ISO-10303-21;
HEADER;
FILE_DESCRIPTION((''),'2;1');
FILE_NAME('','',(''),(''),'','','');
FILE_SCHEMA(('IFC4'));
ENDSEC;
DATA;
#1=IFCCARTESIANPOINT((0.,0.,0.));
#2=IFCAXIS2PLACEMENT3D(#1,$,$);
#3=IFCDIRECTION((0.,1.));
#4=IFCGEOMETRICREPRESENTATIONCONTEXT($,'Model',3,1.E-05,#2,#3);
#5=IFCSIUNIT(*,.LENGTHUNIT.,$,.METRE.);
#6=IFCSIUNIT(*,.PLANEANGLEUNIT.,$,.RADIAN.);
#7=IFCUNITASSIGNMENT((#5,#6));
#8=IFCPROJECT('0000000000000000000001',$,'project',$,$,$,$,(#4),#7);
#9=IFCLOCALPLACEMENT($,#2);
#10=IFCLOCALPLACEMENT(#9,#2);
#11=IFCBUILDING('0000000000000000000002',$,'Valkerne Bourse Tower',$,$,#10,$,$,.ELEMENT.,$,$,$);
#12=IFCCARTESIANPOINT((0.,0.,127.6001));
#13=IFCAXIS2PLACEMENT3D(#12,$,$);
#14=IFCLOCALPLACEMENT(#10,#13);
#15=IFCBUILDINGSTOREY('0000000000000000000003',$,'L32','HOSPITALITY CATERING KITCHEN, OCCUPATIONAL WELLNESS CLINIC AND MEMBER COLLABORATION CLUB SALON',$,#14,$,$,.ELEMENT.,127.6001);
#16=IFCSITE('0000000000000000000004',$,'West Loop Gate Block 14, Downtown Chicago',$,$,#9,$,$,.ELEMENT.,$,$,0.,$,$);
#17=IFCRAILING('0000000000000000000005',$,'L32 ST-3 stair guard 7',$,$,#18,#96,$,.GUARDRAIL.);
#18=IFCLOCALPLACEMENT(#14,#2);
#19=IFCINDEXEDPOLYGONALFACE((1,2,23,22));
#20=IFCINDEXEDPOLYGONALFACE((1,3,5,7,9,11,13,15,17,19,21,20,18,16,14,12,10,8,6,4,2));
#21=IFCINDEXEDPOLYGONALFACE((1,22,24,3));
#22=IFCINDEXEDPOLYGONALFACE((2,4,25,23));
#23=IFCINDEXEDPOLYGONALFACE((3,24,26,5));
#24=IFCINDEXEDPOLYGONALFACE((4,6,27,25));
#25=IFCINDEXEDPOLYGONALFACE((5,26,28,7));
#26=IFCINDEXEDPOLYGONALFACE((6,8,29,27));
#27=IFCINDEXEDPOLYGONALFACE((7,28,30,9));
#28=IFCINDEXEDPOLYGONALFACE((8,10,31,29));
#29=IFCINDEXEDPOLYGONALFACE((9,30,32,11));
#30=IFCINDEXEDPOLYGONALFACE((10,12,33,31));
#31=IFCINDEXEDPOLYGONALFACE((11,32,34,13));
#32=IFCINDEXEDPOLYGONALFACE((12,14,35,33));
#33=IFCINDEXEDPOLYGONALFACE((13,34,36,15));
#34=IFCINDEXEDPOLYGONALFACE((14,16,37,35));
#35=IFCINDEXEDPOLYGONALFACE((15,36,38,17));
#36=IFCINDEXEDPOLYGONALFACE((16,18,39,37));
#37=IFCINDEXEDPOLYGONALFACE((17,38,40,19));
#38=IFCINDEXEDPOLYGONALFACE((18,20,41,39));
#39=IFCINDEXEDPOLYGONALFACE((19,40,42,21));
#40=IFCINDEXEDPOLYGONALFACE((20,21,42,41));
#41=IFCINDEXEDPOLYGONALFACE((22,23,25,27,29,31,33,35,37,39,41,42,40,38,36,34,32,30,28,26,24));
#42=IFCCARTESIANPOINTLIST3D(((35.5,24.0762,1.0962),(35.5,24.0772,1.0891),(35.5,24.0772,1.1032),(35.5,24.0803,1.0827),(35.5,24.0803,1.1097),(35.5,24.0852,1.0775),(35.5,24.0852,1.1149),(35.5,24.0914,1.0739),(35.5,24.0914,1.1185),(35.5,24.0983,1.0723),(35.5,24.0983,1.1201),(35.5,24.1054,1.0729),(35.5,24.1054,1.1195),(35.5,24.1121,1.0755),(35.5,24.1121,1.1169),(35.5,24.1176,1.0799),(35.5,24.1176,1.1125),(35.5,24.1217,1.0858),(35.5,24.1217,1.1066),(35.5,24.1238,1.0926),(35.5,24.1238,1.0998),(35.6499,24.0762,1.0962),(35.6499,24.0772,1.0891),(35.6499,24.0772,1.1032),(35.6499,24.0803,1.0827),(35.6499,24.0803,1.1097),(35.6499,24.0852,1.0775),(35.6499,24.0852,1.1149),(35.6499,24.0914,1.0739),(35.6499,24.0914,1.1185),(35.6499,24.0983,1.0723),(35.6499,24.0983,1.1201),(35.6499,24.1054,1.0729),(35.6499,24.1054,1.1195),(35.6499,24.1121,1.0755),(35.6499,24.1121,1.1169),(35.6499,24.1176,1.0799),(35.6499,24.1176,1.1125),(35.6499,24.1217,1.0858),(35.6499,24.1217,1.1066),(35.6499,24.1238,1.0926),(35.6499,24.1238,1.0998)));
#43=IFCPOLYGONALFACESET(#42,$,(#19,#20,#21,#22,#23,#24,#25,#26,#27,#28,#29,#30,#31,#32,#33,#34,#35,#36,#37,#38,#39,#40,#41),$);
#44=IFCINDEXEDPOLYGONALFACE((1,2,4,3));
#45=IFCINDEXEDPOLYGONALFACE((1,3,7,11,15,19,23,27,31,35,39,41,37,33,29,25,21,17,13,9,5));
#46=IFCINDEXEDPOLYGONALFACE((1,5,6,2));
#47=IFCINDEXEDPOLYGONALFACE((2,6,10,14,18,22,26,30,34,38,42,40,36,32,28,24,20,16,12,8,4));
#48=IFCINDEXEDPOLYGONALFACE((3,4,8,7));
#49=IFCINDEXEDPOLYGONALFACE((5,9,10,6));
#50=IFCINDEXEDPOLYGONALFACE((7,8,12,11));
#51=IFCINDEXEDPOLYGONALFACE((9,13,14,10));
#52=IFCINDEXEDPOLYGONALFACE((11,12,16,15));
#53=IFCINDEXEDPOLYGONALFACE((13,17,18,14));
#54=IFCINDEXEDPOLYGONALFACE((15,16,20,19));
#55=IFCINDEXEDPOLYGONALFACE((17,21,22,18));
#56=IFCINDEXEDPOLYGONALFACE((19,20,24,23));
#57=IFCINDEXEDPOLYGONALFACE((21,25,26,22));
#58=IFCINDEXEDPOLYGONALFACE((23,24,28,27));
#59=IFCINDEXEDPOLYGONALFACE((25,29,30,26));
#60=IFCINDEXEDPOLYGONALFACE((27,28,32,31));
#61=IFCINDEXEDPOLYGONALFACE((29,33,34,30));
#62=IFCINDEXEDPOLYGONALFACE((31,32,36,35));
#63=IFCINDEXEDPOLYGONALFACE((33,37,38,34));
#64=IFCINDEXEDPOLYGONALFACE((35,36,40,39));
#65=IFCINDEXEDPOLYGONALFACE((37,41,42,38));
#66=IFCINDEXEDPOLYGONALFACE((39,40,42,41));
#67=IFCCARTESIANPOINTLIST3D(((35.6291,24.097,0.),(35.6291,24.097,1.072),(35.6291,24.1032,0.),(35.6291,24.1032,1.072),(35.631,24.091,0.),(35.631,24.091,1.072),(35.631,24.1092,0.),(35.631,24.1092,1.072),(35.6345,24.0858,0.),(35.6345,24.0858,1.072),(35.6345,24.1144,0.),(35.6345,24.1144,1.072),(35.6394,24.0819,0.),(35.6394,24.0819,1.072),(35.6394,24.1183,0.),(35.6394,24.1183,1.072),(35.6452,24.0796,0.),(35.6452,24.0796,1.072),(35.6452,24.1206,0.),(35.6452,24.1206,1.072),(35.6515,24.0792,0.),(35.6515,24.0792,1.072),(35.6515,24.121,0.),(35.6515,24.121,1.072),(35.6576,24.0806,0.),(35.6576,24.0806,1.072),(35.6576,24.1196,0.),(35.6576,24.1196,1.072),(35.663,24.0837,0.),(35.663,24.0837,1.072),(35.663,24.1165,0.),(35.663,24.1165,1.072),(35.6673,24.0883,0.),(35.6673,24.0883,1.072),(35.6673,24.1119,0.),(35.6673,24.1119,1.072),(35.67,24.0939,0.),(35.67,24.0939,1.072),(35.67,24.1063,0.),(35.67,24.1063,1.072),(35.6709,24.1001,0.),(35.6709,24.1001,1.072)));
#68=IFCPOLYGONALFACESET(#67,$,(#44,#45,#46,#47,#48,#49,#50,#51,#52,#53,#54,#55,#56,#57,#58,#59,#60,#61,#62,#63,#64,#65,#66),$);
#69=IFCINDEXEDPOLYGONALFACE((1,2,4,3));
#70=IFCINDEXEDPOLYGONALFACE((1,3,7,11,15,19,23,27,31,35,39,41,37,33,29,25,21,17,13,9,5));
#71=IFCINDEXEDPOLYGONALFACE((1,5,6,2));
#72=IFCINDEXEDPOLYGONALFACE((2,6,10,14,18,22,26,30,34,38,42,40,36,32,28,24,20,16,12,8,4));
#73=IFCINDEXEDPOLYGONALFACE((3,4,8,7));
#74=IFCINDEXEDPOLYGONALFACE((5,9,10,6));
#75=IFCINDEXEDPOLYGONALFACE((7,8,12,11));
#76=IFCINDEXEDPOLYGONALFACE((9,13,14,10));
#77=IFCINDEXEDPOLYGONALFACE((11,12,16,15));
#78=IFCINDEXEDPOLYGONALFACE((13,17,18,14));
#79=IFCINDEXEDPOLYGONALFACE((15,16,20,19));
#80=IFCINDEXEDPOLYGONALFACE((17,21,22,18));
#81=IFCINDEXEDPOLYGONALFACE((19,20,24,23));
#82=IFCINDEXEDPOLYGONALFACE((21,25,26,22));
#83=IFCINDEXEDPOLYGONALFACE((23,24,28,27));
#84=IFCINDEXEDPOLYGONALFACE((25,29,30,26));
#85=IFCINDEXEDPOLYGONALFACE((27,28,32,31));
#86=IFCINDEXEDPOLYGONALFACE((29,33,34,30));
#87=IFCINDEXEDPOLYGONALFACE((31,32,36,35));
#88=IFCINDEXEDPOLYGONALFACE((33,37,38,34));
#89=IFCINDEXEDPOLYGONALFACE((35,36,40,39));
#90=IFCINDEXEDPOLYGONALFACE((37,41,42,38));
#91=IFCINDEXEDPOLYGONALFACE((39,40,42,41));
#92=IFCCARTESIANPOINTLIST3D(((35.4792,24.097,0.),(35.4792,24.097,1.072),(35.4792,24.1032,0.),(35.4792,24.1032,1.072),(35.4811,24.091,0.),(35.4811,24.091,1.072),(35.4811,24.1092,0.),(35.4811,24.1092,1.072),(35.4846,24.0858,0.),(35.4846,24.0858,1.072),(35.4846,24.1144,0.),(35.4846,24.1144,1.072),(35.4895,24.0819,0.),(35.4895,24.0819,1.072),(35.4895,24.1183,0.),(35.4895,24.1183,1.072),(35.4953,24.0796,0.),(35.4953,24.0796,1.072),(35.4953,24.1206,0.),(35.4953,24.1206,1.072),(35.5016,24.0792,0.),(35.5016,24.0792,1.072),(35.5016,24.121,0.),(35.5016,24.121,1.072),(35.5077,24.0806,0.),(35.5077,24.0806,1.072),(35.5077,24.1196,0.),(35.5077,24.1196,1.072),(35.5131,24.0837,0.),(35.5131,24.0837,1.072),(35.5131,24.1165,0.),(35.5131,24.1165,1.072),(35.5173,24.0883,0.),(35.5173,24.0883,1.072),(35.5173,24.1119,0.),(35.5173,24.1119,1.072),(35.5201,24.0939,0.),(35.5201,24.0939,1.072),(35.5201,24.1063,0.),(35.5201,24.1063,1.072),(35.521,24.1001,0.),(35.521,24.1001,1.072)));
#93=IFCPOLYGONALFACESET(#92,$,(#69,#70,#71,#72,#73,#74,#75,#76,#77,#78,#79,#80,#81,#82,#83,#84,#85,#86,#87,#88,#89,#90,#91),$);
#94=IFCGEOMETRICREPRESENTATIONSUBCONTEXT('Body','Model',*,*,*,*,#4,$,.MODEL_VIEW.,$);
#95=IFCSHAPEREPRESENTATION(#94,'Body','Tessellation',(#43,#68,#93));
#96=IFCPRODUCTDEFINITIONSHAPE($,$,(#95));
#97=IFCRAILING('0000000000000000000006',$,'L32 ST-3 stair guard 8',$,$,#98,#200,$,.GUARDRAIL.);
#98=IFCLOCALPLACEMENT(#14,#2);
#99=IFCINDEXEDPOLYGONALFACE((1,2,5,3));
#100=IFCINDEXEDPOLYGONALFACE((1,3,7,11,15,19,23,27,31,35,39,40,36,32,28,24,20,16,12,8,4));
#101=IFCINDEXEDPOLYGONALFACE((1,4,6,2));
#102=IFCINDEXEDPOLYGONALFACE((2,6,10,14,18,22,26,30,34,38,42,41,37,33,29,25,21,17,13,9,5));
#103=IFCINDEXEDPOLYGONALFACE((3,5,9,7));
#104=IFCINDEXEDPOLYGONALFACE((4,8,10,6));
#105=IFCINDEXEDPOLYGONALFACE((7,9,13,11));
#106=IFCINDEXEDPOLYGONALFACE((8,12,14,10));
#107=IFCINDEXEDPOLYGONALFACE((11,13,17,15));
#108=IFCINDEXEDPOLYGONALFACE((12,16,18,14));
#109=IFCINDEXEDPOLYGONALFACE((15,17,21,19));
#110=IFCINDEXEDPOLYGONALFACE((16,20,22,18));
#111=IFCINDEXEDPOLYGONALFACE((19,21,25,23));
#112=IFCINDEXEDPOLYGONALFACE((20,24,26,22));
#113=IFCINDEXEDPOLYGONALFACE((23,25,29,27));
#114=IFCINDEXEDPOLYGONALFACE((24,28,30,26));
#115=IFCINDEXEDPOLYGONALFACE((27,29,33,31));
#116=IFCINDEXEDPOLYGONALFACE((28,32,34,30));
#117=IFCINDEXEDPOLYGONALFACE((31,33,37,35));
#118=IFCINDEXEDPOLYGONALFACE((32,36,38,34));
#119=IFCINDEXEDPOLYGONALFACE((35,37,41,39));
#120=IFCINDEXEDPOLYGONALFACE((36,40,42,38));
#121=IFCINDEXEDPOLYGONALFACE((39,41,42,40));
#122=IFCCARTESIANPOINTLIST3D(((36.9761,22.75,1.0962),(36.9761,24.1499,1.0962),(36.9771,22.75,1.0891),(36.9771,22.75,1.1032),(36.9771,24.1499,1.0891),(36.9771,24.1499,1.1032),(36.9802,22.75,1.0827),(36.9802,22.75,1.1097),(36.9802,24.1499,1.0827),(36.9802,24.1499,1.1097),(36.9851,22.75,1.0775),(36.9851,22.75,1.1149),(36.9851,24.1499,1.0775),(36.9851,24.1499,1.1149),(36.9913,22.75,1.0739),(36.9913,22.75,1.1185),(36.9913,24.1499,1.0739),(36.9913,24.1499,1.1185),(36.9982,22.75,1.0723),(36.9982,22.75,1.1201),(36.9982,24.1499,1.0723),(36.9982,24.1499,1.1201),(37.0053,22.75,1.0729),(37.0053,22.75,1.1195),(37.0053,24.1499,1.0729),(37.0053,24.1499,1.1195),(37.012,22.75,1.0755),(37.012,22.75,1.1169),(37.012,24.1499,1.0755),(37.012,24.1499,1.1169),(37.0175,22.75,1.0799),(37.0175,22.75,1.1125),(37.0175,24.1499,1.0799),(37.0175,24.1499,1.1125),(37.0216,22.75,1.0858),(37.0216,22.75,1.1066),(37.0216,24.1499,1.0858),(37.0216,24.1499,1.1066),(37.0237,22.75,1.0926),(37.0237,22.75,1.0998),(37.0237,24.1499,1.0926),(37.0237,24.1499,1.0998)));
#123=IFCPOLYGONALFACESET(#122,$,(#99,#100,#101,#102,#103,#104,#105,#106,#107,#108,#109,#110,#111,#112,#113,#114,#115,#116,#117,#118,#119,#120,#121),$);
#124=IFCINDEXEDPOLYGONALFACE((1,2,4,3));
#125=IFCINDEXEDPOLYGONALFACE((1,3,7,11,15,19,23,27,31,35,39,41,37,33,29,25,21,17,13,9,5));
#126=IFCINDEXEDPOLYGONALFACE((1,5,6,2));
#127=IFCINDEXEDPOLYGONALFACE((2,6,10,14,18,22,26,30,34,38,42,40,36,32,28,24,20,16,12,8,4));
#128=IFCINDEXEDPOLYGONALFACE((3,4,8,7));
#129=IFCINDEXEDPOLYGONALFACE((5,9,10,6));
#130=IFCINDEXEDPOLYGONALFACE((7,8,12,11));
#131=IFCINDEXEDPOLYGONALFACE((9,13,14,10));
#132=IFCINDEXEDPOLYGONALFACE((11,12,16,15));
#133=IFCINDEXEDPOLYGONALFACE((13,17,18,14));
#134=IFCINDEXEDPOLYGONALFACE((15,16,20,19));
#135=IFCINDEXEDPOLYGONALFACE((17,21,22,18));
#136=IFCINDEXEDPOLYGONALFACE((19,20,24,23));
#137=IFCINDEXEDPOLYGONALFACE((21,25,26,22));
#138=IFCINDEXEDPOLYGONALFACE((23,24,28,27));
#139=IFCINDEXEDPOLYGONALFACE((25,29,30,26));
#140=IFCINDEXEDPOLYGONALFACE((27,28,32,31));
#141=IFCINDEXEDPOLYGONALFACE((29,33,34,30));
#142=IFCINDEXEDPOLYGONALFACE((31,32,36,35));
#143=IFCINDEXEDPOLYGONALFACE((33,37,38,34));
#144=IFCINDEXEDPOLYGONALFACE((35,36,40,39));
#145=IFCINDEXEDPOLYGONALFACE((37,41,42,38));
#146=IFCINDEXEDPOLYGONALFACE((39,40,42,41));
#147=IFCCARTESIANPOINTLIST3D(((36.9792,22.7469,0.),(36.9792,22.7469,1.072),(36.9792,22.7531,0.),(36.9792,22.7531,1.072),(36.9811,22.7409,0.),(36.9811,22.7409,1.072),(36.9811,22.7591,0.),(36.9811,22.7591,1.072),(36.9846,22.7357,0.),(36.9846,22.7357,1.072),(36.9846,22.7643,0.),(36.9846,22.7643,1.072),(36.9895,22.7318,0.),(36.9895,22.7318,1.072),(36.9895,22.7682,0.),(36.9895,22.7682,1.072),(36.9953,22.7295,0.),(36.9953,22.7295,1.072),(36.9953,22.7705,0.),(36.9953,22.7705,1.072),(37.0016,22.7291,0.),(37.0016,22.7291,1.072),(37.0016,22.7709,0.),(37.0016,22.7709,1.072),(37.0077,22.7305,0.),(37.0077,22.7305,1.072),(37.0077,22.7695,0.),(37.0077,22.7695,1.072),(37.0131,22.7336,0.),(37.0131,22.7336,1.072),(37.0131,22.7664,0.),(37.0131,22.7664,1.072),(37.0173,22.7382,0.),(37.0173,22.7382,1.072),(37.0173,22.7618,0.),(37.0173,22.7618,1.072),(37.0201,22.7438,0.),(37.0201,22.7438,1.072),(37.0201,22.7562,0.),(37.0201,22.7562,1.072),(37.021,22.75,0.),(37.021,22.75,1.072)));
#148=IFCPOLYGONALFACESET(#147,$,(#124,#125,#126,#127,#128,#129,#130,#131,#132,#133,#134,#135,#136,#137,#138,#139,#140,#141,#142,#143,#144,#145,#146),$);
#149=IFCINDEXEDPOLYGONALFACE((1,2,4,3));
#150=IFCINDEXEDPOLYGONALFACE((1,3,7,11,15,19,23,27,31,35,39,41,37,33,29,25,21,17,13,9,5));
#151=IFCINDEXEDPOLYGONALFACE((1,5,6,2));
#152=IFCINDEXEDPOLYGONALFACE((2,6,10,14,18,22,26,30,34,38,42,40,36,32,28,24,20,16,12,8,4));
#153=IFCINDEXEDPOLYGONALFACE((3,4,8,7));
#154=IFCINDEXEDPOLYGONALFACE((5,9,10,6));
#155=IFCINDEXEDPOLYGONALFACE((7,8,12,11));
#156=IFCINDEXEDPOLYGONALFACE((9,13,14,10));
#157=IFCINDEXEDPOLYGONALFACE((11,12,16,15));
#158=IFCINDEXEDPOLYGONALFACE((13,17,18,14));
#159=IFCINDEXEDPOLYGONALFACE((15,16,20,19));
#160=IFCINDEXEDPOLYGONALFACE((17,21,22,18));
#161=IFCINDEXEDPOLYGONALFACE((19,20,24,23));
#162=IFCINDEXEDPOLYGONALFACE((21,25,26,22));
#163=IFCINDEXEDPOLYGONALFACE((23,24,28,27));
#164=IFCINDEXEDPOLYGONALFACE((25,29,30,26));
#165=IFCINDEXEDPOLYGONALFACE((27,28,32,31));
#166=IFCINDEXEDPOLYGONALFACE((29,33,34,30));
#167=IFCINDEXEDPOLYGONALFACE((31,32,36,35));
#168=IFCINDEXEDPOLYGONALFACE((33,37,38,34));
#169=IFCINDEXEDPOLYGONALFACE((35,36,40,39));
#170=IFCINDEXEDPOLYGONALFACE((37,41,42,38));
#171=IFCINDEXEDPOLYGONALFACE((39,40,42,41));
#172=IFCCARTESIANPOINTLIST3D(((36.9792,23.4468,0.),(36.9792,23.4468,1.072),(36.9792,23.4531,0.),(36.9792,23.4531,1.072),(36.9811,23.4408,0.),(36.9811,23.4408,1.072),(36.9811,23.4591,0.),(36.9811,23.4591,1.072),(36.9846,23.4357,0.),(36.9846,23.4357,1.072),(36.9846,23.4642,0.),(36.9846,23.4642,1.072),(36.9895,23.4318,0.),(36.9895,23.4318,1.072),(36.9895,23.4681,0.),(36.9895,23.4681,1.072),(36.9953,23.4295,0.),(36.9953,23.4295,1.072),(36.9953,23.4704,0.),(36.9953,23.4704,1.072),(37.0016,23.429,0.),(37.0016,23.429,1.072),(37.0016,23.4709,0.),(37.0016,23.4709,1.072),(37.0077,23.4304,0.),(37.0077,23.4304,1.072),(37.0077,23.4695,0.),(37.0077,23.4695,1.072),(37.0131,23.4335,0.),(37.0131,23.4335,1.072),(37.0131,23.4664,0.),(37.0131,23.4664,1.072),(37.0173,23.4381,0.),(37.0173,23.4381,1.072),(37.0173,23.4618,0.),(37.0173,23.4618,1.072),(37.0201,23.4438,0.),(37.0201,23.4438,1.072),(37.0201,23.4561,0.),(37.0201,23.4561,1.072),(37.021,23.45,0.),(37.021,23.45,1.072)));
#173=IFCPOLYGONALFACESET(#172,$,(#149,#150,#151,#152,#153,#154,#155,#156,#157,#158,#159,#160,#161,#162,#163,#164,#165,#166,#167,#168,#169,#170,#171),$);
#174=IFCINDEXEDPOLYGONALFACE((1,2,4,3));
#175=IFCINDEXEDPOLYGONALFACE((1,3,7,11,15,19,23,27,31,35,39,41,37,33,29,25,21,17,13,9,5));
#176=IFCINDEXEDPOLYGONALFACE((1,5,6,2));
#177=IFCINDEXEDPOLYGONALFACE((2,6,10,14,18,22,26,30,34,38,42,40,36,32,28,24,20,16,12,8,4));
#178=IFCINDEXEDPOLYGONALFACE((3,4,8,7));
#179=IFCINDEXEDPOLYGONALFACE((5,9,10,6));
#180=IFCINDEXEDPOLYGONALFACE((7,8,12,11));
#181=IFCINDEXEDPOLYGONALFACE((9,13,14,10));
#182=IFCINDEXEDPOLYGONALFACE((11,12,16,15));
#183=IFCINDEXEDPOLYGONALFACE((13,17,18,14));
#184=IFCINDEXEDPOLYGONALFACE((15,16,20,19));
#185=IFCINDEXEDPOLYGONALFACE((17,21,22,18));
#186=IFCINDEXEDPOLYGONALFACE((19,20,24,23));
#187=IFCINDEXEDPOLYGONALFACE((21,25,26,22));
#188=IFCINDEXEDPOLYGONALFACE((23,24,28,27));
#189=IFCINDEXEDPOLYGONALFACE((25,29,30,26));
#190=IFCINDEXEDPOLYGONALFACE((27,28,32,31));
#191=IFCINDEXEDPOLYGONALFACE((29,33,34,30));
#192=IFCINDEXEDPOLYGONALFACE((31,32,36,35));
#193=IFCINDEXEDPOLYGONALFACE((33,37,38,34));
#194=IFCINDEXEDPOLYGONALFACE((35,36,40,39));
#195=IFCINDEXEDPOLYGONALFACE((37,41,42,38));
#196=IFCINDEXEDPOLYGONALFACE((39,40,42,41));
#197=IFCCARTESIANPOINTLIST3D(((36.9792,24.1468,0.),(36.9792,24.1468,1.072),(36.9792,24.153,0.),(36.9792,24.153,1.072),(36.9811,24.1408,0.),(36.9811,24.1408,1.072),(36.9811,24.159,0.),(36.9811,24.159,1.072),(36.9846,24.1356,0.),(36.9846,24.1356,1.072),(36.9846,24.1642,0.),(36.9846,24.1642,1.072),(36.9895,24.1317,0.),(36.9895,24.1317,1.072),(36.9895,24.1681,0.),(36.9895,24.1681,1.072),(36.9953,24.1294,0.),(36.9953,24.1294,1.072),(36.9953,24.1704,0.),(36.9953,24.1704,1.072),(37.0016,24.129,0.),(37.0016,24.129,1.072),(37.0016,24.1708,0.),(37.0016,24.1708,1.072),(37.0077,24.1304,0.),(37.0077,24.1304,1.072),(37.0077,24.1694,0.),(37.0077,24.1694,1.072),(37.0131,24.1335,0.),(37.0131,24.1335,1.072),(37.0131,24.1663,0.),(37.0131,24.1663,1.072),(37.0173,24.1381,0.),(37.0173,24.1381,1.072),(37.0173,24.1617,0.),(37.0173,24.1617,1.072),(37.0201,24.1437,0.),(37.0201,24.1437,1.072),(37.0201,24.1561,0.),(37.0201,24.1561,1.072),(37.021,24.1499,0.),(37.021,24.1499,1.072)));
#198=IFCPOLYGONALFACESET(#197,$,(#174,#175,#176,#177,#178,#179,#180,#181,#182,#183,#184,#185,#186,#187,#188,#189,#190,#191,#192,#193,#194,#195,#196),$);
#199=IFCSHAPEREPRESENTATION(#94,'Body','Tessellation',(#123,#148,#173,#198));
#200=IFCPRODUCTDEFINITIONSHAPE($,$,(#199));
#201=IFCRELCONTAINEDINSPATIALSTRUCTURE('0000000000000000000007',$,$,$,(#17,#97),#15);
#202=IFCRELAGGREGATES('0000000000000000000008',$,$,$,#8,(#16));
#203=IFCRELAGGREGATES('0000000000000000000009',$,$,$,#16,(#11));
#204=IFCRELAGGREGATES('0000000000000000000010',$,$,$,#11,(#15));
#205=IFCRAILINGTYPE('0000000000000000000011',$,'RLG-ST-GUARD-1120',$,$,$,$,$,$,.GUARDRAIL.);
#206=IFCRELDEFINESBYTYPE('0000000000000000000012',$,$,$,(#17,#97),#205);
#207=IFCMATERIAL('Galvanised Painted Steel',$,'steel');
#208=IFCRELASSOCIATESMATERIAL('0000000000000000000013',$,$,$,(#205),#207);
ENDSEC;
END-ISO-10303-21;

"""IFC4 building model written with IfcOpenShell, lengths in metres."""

from ifc_helpers import new_model, si_unit, direction, frame, origin, origin_2d, place, context, subcontext, project, spatial, circle, extrude, material, type_object, element, save


model = new_model("IFC4")

# Units and contexts
model_context = context("Model", 3, precision=1e-05, world=origin(), true_north=direction((0.0, 1.0)))
body_context = subcontext(model_context, "Body", "Model", "MODEL_VIEW")
ifc_project = project(units=[si_unit("LENGTHUNIT", "METRE"), si_unit("PLANEANGLEUNIT", "RADIAN")], contexts=[model_context])

# Site, building, storey
site_placement = place(None, origin())
site = spatial("IfcSite", under=ifc_project, at=site_placement, Name="West Loop Gate Block 14, Downtown Chicago", CompositionType="ELEMENT", RefElevation=0.0)
building_placement = place(site_placement, origin())
building = spatial("IfcBuilding", under=site, at=building_placement, Name="Valkerne Bourse Tower", CompositionType="ELEMENT")
storey_placement = place(building_placement, frame((0.0, 0.0, 127.6001)))
storey = spatial("IfcBuildingStorey", under=building, at=storey_placement, Name="L32", Description="HOSPITALITY CATERING KITCHEN, OCCUPATIONAL WELLNESS CLINIC AND MEMBER COLLABORATION CLUB SALON", CompositionType="ELEMENT", Elevation=127.6001)

# Shared definitions
ifc_material_1 = material(Name="Galvanised Painted Steel", Category="steel")

# Railings
railing_type_1 = type_object("IfcRailingType", Name="RLG-ST-GUARD-1120", PredefinedType="GUARDRAIL", material=ifc_material_1)
railing_1_placement = place(storey_placement, frame((35.6499, 24.1001, 0.0)))
element("IfcRailing", 1, at=railing_1_placement, inside=storey, type_object=railing_type_1, Name="L32 ST-3 stair guard 7", PredefinedType="GUARDRAIL", context=body_context, shape_type="SweptSolid", body=[
    extrude(circle(Radius=0.0239, at=origin_2d()), frame((0.0, 0.0, 1.0962), z_axis=(-1.0, 0.0, 0.0), x_axis=(0.0, -1.0, 0.0)), (0.0, 0.0, 1.0), 0.1499),
    extrude(circle(Radius=0.021, at=origin_2d()), origin(), (0.0, 0.0, 1.0), 1.072),
    extrude(circle(Radius=0.021, at=origin_2d()), frame((-0.1499, 0.0, 0.0)), (0.0, 0.0, 1.0), 1.072),
])
for number, where, name in (
    (2, (37.0, 22.75, 0.0), "L32 ST-3 stair guard 8"),
):
    element("IfcRailing", number, at=place(storey_placement, frame(where)), inside=storey, type_object=railing_type_1, Name=name, PredefinedType="GUARDRAIL", context=body_context, shape_type="SweptSolid", body=[
        extrude(circle(Radius=0.0239, at=origin_2d()), frame((0.0, 0.0, 1.0962), z_axis=(0.0, 1.0, 0.0), x_axis=(-1.0, 0.0, 0.0)), (0.0, 0.0, 1.0), 1.3999),
        extrude(circle(Radius=0.021, at=origin_2d()), origin(), (0.0, 0.0, 1.0), 1.072),
        extrude(circle(Radius=0.021, at=origin_2d()), frame((0.0, 0.7, 0.0)), (0.0, 0.0, 1.0), 1.072),
        extrude(circle(Radius=0.021, at=origin_2d()), frame((0.0, 1.3999, 0.0)), (0.0, 0.0, 1.0), 1.072),
    ])

save(model, "model.ifc")
